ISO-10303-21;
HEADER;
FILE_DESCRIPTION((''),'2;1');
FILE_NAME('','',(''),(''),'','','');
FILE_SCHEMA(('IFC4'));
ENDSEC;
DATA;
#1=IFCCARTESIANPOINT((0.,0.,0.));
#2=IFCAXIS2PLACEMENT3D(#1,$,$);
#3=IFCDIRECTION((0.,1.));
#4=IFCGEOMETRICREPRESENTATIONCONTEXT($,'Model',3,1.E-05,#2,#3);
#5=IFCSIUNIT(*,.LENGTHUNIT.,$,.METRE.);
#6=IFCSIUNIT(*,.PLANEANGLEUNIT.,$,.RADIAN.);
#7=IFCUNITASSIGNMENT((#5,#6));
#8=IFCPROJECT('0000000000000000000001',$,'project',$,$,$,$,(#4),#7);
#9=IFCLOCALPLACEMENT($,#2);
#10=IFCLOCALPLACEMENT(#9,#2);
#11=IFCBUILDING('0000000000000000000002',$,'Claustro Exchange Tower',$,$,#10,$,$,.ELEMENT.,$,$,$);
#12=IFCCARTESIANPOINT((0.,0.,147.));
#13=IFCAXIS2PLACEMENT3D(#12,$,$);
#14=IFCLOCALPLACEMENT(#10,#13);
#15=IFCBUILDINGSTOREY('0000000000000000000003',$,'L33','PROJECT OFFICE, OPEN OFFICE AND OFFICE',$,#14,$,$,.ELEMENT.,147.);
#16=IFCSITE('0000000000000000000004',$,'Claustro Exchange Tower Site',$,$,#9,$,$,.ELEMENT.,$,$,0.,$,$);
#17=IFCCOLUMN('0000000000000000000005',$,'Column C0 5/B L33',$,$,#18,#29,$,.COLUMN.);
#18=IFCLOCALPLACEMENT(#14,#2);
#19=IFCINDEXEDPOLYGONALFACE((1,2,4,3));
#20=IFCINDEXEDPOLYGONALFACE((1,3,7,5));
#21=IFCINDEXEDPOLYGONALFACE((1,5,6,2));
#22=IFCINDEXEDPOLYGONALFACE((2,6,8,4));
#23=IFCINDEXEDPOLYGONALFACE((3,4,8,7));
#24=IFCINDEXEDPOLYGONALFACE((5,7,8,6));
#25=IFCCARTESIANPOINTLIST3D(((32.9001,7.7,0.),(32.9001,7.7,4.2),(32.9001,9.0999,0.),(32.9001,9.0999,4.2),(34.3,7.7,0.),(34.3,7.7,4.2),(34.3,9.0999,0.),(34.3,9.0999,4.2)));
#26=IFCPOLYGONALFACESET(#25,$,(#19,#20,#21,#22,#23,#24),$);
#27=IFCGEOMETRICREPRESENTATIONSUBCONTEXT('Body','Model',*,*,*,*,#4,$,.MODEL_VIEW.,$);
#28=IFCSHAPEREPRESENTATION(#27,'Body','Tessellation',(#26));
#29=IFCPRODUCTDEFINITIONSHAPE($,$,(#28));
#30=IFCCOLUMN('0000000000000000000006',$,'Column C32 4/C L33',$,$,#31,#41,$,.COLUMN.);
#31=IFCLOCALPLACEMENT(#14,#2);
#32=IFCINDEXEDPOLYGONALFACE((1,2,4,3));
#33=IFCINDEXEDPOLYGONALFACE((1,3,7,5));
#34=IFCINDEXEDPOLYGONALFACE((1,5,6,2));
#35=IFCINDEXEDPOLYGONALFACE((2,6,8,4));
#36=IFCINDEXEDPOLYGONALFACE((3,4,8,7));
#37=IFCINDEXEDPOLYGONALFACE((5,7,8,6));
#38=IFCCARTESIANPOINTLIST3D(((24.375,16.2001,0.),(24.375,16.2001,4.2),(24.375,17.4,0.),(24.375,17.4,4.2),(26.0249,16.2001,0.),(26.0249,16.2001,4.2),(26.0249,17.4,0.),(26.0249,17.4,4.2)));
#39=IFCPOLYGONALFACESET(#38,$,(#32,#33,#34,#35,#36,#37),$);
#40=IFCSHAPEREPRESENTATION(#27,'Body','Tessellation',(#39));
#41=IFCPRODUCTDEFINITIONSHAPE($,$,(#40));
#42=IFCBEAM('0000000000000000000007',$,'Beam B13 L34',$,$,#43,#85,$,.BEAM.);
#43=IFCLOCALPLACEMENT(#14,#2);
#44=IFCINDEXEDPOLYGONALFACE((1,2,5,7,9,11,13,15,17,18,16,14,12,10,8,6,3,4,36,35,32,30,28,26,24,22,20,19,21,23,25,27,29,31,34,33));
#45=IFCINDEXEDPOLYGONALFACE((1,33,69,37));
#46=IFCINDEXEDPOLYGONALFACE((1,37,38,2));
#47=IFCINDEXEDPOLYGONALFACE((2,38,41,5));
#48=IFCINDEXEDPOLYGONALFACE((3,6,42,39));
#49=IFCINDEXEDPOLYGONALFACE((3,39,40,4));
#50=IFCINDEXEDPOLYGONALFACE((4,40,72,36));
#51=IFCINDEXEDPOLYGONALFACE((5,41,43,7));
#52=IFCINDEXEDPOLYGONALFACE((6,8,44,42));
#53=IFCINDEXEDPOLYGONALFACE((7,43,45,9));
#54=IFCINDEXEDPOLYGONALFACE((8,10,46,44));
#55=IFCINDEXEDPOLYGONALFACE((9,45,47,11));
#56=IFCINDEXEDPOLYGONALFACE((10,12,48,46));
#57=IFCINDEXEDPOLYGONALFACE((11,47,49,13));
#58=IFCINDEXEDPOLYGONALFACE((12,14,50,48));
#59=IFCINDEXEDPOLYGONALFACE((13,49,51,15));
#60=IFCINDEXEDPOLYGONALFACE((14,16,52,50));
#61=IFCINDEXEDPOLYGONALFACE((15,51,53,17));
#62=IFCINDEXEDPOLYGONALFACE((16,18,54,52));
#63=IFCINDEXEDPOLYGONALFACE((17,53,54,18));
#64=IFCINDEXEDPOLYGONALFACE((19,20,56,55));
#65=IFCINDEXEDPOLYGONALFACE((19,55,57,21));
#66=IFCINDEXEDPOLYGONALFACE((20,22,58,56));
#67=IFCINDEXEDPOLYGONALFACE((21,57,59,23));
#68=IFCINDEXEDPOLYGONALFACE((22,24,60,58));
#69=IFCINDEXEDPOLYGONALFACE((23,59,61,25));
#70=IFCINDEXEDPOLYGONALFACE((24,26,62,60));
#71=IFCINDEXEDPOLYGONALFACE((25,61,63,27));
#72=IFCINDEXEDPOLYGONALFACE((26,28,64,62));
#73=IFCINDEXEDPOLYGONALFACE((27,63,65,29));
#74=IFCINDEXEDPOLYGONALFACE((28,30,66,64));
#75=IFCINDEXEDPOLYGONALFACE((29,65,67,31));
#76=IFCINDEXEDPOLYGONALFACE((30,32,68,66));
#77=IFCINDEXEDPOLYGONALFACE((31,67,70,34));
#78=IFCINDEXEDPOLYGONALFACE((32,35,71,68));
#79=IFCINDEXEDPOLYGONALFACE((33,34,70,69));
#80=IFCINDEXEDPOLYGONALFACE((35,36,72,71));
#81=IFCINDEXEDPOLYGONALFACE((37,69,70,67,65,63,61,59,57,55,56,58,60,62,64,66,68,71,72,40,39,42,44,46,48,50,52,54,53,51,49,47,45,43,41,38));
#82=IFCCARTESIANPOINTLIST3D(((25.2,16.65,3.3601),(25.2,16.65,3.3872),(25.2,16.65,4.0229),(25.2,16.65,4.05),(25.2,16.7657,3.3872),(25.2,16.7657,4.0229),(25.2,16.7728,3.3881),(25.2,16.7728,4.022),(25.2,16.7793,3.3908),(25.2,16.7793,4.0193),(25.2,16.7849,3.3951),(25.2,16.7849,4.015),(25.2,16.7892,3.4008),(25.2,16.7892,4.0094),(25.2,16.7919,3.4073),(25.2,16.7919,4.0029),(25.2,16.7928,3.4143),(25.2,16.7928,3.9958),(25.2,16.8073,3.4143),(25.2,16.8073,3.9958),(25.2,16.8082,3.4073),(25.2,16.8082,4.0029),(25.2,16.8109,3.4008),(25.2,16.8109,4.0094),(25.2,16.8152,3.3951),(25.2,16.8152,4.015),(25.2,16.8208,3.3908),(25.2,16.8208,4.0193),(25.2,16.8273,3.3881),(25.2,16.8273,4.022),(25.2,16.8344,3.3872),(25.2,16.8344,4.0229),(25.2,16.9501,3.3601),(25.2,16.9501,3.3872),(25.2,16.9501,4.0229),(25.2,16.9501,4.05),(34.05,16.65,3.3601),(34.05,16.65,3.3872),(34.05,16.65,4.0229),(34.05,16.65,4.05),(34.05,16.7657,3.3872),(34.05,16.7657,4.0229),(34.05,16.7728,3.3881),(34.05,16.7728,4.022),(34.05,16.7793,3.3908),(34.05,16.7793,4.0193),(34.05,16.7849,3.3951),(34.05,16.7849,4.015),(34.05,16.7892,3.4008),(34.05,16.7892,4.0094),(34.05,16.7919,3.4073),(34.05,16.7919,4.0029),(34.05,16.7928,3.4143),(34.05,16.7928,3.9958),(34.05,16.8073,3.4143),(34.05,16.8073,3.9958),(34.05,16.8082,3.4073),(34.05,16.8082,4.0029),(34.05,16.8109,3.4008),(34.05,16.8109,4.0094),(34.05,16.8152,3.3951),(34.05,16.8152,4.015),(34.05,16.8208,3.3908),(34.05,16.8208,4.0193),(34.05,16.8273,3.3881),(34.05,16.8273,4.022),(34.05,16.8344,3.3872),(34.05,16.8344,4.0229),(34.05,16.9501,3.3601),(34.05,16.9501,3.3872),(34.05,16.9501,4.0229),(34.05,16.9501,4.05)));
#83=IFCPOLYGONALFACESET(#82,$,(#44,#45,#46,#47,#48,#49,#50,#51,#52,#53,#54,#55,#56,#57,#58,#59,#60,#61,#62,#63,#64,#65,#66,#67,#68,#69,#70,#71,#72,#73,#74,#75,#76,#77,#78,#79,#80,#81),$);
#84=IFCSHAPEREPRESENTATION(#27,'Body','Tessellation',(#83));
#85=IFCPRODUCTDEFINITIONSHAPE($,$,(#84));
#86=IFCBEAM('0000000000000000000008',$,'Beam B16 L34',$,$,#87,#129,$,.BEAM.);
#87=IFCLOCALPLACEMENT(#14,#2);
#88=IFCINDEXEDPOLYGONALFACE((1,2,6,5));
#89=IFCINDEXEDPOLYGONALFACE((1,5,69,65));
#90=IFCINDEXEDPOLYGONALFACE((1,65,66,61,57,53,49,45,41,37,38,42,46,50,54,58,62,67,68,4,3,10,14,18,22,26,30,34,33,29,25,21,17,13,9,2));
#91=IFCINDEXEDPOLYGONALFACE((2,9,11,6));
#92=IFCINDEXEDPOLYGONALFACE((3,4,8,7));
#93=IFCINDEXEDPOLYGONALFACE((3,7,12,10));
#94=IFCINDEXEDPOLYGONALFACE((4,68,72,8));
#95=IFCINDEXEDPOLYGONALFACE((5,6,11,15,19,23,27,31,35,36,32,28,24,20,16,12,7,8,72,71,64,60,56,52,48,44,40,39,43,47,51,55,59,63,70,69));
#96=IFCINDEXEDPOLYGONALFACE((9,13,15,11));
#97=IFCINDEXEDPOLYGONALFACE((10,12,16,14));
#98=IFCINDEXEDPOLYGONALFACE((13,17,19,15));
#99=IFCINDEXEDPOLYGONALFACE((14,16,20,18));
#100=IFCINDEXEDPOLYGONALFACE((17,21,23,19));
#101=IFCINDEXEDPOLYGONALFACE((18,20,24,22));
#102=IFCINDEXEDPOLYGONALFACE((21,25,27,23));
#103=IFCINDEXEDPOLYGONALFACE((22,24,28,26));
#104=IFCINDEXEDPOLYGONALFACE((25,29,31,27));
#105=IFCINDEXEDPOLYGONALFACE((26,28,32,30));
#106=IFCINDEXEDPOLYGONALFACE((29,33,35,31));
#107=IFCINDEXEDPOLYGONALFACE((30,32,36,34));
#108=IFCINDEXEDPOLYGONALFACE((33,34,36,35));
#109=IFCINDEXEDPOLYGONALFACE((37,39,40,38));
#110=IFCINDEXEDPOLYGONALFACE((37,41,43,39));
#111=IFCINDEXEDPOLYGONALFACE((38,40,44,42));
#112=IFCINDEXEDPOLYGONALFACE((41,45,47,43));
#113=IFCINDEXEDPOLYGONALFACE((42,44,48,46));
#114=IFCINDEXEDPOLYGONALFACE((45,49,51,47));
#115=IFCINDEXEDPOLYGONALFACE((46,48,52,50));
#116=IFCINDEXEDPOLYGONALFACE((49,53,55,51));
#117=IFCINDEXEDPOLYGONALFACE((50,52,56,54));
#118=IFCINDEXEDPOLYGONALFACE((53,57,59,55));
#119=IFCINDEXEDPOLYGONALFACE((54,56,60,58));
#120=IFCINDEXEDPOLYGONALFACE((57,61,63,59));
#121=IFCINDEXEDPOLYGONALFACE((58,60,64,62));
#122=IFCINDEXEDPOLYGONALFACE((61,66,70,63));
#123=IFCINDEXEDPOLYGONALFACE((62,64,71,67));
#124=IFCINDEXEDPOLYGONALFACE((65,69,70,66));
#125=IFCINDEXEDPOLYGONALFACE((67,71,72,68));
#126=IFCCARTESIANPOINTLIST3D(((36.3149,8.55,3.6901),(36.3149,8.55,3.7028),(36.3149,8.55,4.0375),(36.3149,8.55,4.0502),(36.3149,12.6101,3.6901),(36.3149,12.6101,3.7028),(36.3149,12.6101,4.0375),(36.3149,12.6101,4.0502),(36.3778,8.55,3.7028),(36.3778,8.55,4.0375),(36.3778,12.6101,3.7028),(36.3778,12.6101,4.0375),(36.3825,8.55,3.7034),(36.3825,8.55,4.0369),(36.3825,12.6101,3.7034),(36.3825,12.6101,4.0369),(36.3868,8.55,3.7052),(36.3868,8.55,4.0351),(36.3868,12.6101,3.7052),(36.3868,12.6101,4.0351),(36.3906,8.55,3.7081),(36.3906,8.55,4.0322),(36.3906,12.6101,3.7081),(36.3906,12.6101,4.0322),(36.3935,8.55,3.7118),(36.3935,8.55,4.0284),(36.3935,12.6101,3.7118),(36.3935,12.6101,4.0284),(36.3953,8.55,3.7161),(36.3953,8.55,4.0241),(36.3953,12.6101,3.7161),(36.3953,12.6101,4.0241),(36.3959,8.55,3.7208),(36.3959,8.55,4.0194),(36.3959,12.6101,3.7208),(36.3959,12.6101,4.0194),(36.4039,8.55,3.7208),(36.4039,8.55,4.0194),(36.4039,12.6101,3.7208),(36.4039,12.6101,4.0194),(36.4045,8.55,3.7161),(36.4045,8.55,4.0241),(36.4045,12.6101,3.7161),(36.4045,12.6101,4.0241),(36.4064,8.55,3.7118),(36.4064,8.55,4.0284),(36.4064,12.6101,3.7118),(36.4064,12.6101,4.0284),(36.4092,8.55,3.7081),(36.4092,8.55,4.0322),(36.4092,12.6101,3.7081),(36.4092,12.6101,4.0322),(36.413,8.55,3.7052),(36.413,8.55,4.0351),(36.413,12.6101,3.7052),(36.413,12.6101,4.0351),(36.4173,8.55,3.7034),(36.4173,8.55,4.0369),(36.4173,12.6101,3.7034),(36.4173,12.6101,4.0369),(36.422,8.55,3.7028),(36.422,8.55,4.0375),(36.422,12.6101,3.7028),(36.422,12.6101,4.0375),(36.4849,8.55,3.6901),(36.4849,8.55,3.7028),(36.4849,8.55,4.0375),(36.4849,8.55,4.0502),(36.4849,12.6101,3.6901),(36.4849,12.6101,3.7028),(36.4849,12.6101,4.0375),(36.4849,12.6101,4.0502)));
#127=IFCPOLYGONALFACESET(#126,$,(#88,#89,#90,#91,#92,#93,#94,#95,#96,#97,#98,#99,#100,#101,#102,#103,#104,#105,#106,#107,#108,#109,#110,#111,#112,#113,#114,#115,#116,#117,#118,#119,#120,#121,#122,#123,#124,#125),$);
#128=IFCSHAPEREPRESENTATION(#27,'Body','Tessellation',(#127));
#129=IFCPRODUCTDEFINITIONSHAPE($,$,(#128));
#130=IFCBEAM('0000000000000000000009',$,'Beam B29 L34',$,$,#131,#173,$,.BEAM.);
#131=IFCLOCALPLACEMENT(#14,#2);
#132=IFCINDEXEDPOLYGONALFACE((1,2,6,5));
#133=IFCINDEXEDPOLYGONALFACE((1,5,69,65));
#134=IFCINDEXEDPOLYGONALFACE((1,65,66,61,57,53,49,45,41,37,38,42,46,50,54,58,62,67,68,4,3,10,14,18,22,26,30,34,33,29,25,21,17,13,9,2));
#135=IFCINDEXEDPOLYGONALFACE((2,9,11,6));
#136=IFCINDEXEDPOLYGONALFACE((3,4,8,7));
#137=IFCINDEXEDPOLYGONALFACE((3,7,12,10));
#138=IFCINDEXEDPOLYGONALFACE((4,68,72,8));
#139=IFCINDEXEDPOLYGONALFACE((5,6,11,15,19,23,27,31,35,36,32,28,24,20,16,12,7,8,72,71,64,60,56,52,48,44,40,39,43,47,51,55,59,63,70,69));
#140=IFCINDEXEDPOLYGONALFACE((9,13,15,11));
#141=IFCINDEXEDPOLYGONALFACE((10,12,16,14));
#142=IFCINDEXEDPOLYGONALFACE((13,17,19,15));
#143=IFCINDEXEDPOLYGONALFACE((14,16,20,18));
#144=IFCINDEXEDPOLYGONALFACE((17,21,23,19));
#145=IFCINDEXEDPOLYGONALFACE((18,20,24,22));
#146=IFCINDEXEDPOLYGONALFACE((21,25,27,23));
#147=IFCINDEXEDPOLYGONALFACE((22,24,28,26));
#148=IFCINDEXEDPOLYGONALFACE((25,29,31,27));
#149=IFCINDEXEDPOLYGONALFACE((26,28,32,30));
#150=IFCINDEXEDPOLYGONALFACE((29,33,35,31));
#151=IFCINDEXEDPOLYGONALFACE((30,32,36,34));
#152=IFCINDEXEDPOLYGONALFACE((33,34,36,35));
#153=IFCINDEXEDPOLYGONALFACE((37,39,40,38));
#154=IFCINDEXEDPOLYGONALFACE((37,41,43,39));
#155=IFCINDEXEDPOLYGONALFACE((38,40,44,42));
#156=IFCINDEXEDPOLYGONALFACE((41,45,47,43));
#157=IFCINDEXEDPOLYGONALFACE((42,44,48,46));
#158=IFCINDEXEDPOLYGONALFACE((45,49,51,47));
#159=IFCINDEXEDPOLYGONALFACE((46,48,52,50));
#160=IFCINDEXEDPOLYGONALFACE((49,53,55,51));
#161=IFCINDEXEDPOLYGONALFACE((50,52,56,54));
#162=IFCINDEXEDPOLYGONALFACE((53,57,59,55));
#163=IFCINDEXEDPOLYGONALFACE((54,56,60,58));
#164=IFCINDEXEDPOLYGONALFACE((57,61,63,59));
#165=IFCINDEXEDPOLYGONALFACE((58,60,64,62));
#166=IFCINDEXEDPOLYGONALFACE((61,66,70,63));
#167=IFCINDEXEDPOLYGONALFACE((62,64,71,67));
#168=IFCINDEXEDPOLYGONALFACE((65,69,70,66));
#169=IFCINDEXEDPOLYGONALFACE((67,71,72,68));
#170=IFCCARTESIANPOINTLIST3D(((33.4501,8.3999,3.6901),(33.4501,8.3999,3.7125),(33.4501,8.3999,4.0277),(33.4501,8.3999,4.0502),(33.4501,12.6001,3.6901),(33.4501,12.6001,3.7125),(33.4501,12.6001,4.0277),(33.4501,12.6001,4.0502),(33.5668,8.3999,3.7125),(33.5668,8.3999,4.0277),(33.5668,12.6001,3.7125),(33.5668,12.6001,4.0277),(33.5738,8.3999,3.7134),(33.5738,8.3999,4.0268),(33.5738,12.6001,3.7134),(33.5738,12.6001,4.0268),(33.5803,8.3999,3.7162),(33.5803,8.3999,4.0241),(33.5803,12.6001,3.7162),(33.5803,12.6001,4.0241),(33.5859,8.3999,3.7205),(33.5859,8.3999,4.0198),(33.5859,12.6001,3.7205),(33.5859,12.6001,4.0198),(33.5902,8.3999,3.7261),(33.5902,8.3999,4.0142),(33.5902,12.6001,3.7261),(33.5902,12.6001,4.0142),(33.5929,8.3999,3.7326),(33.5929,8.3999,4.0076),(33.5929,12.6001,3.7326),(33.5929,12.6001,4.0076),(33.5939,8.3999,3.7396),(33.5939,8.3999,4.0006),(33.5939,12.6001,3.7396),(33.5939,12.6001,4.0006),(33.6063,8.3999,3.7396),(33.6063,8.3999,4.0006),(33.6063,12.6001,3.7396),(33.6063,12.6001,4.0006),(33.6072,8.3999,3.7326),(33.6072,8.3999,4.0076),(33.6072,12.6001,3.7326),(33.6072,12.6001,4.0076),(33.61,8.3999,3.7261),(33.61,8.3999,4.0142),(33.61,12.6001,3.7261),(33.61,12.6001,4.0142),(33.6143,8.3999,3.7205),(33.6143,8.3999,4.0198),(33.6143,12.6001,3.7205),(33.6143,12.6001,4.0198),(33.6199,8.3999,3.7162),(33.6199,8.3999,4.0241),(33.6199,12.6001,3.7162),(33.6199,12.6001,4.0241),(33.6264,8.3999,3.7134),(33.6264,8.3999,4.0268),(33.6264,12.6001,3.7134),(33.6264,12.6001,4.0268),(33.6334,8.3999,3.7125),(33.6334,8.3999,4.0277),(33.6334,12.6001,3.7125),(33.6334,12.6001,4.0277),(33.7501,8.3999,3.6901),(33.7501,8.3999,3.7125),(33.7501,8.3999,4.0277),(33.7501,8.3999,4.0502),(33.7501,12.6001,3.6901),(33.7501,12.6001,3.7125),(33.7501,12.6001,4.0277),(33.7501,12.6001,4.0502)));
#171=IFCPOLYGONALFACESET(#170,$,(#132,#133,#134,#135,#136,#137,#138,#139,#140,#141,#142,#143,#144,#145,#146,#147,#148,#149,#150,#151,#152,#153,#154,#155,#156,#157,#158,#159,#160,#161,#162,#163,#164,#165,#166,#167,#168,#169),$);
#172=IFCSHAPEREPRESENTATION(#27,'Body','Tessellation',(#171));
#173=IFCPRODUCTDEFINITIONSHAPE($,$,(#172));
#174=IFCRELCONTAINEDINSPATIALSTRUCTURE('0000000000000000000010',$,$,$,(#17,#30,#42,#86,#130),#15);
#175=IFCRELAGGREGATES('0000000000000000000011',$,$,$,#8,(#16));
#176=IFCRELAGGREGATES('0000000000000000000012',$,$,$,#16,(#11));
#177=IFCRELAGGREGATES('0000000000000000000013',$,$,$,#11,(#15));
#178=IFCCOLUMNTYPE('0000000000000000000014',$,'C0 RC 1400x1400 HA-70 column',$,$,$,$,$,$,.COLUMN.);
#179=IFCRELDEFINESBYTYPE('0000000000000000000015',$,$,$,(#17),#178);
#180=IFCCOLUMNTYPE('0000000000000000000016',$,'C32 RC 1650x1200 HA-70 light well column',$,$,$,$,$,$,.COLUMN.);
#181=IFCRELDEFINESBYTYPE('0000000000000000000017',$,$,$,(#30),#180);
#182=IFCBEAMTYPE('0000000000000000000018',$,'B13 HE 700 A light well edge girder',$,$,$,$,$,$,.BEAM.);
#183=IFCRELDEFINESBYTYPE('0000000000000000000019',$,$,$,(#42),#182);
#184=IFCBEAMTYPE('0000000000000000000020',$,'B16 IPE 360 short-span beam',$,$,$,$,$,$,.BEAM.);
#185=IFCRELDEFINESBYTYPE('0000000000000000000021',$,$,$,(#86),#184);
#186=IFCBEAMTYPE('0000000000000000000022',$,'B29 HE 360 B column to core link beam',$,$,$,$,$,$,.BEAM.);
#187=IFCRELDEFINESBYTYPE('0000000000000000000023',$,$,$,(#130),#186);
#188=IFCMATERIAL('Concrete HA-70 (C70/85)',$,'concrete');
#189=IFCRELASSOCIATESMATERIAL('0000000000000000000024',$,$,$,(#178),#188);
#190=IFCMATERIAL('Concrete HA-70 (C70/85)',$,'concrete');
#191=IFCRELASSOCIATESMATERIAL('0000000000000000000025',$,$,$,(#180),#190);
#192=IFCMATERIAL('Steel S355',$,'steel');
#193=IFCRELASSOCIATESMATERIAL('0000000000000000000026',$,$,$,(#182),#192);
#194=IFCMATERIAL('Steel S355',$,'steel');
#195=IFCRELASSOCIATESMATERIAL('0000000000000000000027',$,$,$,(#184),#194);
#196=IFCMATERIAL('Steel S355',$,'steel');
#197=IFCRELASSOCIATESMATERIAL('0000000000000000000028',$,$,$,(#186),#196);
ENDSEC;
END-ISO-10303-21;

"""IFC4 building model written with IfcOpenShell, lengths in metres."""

from ifc_helpers import new_model, si_unit, direction, frame, origin, origin_2d, place, context, subcontext, project, spatial, rectangle, i_section, extrude, material, material_profile, profile_set, type_object, element, save


model = new_model("IFC4")

# Units and contexts
model_context = context("Model", 3, precision=1e-05, world=origin(), true_north=direction((0.0, 1.0)))
body_context = subcontext(model_context, "Body", "Model", "MODEL_VIEW")
ifc_project = project(units=[si_unit("LENGTHUNIT", "METRE"), si_unit("PLANEANGLEUNIT", "RADIAN")], contexts=[model_context])

# Site, building, storey
site_placement = place(None, origin())
site = spatial("IfcSite", under=ifc_project, at=site_placement, Name="Claustro Exchange Tower Site", CompositionType="ELEMENT", RefElevation=0.0)
building_placement = place(site_placement, origin())
building = spatial("IfcBuilding", under=site, at=building_placement, Name="Claustro Exchange Tower", CompositionType="ELEMENT")
storey_placement = place(building_placement, frame((0.0, 0.0, 147.0)))
storey = spatial("IfcBuildingStorey", under=building, at=storey_placement, Name="L33", Description="PROJECT OFFICE, OPEN OFFICE AND OFFICE", CompositionType="ELEMENT", Elevation=147.0)

# Columns
ifc_material_1 = material(Name="Concrete HA-70 (C70/85)", Category="concrete")
ifc_material_profile_1 = material_profile(ifc_material_1, rectangle(XDim=1.3999, YDim=1.3999, at=origin_2d()), Name="RC 1400x1400")
ifc_profile_set_1 = profile_set([ifc_material_profile_1], Name="Concrete HA-70 (C70/85)")
column_type_1 = type_object("IfcColumnType", Name="C0 RC 1400x1400 HA-70 column", PredefinedType="COLUMN", material=ifc_profile_set_1)
column_1_placement = place(storey_placement, frame((33.6001, 8.3999, 0.0), z_axis=(0.0, 0.0, 1.0), x_axis=(1.0, 0.0, 0.0)))
element("IfcColumn", 1, at=column_1_placement, inside=storey, type_object=column_type_1, Name="Column C0 5/B L33", PredefinedType="COLUMN", context=body_context, shape_type="SweptSolid", body=[
    extrude(rectangle(XDim=1.3999, YDim=1.3999, at=origin_2d()), origin(), (0.0, 0.0, 1.0), 4.2),
])
ifc_material_2 = material(Name="Concrete HA-70 (C70/85)", Category="concrete")
ifc_material_profile_2 = material_profile(ifc_material_2, rectangle(XDim=1.6499, YDim=1.2, at=origin_2d()), Name="RC 1650x1200")
ifc_profile_set_2 = profile_set([ifc_material_profile_2], Name="Concrete HA-70 (C70/85)")
column_type_2 = type_object("IfcColumnType", Name="C32 RC 1650x1200 HA-70 light well column", PredefinedType="COLUMN", material=ifc_profile_set_2)
column_2_placement = place(storey_placement, frame((25.2, 16.8, 0.0), z_axis=(0.0, 0.0, 1.0), x_axis=(1.0, 0.0, 0.0)))
element("IfcColumn", 2, at=column_2_placement, inside=storey, type_object=column_type_2, Name="Column C32 4/C L33", PredefinedType="COLUMN", context=body_context, shape_type="SweptSolid", body=[
    extrude(rectangle(XDim=1.6499, YDim=1.2, at=origin_2d()), origin(), (0.0, 0.0, 1.0), 4.2),
])

# Beams
ifc_material_3 = material(Name="Steel S355", Category="steel")
ifc_material_profile_3 = material_profile(ifc_material_3, i_section(OverallWidth=0.3, OverallDepth=0.6899, WebThickness=0.0144, FlangeThickness=0.0271, FilletRadius=0.0271, at=origin_2d()), Name="HE 700 A")
ifc_profile_set_3 = profile_set([ifc_material_profile_3], Name="Steel S355")
beam_type_1 = type_object("IfcBeamType", Name="B13 HE 700 A light well edge girder", PredefinedType="BEAM", material=ifc_profile_set_3)
beam_1_placement = place(storey_placement, frame((25.2, 16.8, 3.7051), z_axis=(1.0, 0.0, 0.0), x_axis=(0.0, 1.0, 0.0)))
element("IfcBeam", 3, at=beam_1_placement, inside=storey, type_object=beam_type_1, Name="Beam B13 L34", PredefinedType="BEAM", context=body_context, shape_type="SweptSolid", body=[
    extrude(i_section(OverallWidth=0.3, OverallDepth=0.6899, WebThickness=0.0144, FlangeThickness=0.0271, FilletRadius=0.0271, at=origin_2d()), origin(), (0.0, 0.0, 1.0), 8.8501),
])
ifc_material_4 = material(Name="Steel S355", Category="steel")
ifc_material_profile_4 = material_profile(ifc_material_4, i_section(OverallWidth=0.1699, OverallDepth=0.3601, WebThickness=0.0081, FlangeThickness=0.0127, FilletRadius=0.0181, at=origin_2d()), Name="IPE 360")
ifc_profile_set_4 = profile_set([ifc_material_profile_4], Name="Steel S355")
beam_type_2 = type_object("IfcBeamType", Name="B16 IPE 360 short-span beam", PredefinedType="BEAM", material=ifc_profile_set_4)
beam_2_placement = place(storey_placement, frame((36.3999, 8.55, 3.8701), z_axis=(0.0, 1.0, 0.0), x_axis=(-1.0, 0.0, 0.0)))
element("IfcBeam", 4, at=beam_2_placement, inside=storey, type_object=beam_type_2, Name="Beam B16 L34", PredefinedType="BEAM", context=body_context, shape_type="SweptSolid", body=[
    extrude(i_section(OverallWidth=0.1699, OverallDepth=0.3601, WebThickness=0.0081, FlangeThickness=0.0127, FilletRadius=0.0181, at=origin_2d()), origin(), (0.0, 0.0, 1.0), 4.0601),
])
ifc_material_5 = material(Name="Steel S355", Category="steel")
ifc_material_profile_5 = material_profile(ifc_material_5, i_section(OverallWidth=0.3, OverallDepth=0.3601, WebThickness=0.0125, FlangeThickness=0.0225, FilletRadius=0.0271, at=origin_2d()), Name="HE 360 B")
ifc_profile_set_5 = profile_set([ifc_material_profile_5], Name="Steel S355")
beam_type_3 = type_object("IfcBeamType", Name="B29 HE 360 B column to core link beam", PredefinedType="BEAM", material=ifc_profile_set_5)
beam_3_placement = place(storey_placement, frame((33.6001, 8.3999, 3.8701), z_axis=(0.0, 1.0, 0.0), x_axis=(-1.0, 0.0, 0.0)))
element("IfcBeam", 5, at=beam_3_placement, inside=storey, type_object=beam_type_3, Name="Beam B29 L34", PredefinedType="BEAM", context=body_context, shape_type="SweptSolid", body=[
    extrude(i_section(OverallWidth=0.3, OverallDepth=0.3601, WebThickness=0.0125, FlangeThickness=0.0225, FilletRadius=0.0271, at=origin_2d()), origin(), (0.0, 0.0, 1.0), 4.2002),
])

save(model, "model.ifc")
